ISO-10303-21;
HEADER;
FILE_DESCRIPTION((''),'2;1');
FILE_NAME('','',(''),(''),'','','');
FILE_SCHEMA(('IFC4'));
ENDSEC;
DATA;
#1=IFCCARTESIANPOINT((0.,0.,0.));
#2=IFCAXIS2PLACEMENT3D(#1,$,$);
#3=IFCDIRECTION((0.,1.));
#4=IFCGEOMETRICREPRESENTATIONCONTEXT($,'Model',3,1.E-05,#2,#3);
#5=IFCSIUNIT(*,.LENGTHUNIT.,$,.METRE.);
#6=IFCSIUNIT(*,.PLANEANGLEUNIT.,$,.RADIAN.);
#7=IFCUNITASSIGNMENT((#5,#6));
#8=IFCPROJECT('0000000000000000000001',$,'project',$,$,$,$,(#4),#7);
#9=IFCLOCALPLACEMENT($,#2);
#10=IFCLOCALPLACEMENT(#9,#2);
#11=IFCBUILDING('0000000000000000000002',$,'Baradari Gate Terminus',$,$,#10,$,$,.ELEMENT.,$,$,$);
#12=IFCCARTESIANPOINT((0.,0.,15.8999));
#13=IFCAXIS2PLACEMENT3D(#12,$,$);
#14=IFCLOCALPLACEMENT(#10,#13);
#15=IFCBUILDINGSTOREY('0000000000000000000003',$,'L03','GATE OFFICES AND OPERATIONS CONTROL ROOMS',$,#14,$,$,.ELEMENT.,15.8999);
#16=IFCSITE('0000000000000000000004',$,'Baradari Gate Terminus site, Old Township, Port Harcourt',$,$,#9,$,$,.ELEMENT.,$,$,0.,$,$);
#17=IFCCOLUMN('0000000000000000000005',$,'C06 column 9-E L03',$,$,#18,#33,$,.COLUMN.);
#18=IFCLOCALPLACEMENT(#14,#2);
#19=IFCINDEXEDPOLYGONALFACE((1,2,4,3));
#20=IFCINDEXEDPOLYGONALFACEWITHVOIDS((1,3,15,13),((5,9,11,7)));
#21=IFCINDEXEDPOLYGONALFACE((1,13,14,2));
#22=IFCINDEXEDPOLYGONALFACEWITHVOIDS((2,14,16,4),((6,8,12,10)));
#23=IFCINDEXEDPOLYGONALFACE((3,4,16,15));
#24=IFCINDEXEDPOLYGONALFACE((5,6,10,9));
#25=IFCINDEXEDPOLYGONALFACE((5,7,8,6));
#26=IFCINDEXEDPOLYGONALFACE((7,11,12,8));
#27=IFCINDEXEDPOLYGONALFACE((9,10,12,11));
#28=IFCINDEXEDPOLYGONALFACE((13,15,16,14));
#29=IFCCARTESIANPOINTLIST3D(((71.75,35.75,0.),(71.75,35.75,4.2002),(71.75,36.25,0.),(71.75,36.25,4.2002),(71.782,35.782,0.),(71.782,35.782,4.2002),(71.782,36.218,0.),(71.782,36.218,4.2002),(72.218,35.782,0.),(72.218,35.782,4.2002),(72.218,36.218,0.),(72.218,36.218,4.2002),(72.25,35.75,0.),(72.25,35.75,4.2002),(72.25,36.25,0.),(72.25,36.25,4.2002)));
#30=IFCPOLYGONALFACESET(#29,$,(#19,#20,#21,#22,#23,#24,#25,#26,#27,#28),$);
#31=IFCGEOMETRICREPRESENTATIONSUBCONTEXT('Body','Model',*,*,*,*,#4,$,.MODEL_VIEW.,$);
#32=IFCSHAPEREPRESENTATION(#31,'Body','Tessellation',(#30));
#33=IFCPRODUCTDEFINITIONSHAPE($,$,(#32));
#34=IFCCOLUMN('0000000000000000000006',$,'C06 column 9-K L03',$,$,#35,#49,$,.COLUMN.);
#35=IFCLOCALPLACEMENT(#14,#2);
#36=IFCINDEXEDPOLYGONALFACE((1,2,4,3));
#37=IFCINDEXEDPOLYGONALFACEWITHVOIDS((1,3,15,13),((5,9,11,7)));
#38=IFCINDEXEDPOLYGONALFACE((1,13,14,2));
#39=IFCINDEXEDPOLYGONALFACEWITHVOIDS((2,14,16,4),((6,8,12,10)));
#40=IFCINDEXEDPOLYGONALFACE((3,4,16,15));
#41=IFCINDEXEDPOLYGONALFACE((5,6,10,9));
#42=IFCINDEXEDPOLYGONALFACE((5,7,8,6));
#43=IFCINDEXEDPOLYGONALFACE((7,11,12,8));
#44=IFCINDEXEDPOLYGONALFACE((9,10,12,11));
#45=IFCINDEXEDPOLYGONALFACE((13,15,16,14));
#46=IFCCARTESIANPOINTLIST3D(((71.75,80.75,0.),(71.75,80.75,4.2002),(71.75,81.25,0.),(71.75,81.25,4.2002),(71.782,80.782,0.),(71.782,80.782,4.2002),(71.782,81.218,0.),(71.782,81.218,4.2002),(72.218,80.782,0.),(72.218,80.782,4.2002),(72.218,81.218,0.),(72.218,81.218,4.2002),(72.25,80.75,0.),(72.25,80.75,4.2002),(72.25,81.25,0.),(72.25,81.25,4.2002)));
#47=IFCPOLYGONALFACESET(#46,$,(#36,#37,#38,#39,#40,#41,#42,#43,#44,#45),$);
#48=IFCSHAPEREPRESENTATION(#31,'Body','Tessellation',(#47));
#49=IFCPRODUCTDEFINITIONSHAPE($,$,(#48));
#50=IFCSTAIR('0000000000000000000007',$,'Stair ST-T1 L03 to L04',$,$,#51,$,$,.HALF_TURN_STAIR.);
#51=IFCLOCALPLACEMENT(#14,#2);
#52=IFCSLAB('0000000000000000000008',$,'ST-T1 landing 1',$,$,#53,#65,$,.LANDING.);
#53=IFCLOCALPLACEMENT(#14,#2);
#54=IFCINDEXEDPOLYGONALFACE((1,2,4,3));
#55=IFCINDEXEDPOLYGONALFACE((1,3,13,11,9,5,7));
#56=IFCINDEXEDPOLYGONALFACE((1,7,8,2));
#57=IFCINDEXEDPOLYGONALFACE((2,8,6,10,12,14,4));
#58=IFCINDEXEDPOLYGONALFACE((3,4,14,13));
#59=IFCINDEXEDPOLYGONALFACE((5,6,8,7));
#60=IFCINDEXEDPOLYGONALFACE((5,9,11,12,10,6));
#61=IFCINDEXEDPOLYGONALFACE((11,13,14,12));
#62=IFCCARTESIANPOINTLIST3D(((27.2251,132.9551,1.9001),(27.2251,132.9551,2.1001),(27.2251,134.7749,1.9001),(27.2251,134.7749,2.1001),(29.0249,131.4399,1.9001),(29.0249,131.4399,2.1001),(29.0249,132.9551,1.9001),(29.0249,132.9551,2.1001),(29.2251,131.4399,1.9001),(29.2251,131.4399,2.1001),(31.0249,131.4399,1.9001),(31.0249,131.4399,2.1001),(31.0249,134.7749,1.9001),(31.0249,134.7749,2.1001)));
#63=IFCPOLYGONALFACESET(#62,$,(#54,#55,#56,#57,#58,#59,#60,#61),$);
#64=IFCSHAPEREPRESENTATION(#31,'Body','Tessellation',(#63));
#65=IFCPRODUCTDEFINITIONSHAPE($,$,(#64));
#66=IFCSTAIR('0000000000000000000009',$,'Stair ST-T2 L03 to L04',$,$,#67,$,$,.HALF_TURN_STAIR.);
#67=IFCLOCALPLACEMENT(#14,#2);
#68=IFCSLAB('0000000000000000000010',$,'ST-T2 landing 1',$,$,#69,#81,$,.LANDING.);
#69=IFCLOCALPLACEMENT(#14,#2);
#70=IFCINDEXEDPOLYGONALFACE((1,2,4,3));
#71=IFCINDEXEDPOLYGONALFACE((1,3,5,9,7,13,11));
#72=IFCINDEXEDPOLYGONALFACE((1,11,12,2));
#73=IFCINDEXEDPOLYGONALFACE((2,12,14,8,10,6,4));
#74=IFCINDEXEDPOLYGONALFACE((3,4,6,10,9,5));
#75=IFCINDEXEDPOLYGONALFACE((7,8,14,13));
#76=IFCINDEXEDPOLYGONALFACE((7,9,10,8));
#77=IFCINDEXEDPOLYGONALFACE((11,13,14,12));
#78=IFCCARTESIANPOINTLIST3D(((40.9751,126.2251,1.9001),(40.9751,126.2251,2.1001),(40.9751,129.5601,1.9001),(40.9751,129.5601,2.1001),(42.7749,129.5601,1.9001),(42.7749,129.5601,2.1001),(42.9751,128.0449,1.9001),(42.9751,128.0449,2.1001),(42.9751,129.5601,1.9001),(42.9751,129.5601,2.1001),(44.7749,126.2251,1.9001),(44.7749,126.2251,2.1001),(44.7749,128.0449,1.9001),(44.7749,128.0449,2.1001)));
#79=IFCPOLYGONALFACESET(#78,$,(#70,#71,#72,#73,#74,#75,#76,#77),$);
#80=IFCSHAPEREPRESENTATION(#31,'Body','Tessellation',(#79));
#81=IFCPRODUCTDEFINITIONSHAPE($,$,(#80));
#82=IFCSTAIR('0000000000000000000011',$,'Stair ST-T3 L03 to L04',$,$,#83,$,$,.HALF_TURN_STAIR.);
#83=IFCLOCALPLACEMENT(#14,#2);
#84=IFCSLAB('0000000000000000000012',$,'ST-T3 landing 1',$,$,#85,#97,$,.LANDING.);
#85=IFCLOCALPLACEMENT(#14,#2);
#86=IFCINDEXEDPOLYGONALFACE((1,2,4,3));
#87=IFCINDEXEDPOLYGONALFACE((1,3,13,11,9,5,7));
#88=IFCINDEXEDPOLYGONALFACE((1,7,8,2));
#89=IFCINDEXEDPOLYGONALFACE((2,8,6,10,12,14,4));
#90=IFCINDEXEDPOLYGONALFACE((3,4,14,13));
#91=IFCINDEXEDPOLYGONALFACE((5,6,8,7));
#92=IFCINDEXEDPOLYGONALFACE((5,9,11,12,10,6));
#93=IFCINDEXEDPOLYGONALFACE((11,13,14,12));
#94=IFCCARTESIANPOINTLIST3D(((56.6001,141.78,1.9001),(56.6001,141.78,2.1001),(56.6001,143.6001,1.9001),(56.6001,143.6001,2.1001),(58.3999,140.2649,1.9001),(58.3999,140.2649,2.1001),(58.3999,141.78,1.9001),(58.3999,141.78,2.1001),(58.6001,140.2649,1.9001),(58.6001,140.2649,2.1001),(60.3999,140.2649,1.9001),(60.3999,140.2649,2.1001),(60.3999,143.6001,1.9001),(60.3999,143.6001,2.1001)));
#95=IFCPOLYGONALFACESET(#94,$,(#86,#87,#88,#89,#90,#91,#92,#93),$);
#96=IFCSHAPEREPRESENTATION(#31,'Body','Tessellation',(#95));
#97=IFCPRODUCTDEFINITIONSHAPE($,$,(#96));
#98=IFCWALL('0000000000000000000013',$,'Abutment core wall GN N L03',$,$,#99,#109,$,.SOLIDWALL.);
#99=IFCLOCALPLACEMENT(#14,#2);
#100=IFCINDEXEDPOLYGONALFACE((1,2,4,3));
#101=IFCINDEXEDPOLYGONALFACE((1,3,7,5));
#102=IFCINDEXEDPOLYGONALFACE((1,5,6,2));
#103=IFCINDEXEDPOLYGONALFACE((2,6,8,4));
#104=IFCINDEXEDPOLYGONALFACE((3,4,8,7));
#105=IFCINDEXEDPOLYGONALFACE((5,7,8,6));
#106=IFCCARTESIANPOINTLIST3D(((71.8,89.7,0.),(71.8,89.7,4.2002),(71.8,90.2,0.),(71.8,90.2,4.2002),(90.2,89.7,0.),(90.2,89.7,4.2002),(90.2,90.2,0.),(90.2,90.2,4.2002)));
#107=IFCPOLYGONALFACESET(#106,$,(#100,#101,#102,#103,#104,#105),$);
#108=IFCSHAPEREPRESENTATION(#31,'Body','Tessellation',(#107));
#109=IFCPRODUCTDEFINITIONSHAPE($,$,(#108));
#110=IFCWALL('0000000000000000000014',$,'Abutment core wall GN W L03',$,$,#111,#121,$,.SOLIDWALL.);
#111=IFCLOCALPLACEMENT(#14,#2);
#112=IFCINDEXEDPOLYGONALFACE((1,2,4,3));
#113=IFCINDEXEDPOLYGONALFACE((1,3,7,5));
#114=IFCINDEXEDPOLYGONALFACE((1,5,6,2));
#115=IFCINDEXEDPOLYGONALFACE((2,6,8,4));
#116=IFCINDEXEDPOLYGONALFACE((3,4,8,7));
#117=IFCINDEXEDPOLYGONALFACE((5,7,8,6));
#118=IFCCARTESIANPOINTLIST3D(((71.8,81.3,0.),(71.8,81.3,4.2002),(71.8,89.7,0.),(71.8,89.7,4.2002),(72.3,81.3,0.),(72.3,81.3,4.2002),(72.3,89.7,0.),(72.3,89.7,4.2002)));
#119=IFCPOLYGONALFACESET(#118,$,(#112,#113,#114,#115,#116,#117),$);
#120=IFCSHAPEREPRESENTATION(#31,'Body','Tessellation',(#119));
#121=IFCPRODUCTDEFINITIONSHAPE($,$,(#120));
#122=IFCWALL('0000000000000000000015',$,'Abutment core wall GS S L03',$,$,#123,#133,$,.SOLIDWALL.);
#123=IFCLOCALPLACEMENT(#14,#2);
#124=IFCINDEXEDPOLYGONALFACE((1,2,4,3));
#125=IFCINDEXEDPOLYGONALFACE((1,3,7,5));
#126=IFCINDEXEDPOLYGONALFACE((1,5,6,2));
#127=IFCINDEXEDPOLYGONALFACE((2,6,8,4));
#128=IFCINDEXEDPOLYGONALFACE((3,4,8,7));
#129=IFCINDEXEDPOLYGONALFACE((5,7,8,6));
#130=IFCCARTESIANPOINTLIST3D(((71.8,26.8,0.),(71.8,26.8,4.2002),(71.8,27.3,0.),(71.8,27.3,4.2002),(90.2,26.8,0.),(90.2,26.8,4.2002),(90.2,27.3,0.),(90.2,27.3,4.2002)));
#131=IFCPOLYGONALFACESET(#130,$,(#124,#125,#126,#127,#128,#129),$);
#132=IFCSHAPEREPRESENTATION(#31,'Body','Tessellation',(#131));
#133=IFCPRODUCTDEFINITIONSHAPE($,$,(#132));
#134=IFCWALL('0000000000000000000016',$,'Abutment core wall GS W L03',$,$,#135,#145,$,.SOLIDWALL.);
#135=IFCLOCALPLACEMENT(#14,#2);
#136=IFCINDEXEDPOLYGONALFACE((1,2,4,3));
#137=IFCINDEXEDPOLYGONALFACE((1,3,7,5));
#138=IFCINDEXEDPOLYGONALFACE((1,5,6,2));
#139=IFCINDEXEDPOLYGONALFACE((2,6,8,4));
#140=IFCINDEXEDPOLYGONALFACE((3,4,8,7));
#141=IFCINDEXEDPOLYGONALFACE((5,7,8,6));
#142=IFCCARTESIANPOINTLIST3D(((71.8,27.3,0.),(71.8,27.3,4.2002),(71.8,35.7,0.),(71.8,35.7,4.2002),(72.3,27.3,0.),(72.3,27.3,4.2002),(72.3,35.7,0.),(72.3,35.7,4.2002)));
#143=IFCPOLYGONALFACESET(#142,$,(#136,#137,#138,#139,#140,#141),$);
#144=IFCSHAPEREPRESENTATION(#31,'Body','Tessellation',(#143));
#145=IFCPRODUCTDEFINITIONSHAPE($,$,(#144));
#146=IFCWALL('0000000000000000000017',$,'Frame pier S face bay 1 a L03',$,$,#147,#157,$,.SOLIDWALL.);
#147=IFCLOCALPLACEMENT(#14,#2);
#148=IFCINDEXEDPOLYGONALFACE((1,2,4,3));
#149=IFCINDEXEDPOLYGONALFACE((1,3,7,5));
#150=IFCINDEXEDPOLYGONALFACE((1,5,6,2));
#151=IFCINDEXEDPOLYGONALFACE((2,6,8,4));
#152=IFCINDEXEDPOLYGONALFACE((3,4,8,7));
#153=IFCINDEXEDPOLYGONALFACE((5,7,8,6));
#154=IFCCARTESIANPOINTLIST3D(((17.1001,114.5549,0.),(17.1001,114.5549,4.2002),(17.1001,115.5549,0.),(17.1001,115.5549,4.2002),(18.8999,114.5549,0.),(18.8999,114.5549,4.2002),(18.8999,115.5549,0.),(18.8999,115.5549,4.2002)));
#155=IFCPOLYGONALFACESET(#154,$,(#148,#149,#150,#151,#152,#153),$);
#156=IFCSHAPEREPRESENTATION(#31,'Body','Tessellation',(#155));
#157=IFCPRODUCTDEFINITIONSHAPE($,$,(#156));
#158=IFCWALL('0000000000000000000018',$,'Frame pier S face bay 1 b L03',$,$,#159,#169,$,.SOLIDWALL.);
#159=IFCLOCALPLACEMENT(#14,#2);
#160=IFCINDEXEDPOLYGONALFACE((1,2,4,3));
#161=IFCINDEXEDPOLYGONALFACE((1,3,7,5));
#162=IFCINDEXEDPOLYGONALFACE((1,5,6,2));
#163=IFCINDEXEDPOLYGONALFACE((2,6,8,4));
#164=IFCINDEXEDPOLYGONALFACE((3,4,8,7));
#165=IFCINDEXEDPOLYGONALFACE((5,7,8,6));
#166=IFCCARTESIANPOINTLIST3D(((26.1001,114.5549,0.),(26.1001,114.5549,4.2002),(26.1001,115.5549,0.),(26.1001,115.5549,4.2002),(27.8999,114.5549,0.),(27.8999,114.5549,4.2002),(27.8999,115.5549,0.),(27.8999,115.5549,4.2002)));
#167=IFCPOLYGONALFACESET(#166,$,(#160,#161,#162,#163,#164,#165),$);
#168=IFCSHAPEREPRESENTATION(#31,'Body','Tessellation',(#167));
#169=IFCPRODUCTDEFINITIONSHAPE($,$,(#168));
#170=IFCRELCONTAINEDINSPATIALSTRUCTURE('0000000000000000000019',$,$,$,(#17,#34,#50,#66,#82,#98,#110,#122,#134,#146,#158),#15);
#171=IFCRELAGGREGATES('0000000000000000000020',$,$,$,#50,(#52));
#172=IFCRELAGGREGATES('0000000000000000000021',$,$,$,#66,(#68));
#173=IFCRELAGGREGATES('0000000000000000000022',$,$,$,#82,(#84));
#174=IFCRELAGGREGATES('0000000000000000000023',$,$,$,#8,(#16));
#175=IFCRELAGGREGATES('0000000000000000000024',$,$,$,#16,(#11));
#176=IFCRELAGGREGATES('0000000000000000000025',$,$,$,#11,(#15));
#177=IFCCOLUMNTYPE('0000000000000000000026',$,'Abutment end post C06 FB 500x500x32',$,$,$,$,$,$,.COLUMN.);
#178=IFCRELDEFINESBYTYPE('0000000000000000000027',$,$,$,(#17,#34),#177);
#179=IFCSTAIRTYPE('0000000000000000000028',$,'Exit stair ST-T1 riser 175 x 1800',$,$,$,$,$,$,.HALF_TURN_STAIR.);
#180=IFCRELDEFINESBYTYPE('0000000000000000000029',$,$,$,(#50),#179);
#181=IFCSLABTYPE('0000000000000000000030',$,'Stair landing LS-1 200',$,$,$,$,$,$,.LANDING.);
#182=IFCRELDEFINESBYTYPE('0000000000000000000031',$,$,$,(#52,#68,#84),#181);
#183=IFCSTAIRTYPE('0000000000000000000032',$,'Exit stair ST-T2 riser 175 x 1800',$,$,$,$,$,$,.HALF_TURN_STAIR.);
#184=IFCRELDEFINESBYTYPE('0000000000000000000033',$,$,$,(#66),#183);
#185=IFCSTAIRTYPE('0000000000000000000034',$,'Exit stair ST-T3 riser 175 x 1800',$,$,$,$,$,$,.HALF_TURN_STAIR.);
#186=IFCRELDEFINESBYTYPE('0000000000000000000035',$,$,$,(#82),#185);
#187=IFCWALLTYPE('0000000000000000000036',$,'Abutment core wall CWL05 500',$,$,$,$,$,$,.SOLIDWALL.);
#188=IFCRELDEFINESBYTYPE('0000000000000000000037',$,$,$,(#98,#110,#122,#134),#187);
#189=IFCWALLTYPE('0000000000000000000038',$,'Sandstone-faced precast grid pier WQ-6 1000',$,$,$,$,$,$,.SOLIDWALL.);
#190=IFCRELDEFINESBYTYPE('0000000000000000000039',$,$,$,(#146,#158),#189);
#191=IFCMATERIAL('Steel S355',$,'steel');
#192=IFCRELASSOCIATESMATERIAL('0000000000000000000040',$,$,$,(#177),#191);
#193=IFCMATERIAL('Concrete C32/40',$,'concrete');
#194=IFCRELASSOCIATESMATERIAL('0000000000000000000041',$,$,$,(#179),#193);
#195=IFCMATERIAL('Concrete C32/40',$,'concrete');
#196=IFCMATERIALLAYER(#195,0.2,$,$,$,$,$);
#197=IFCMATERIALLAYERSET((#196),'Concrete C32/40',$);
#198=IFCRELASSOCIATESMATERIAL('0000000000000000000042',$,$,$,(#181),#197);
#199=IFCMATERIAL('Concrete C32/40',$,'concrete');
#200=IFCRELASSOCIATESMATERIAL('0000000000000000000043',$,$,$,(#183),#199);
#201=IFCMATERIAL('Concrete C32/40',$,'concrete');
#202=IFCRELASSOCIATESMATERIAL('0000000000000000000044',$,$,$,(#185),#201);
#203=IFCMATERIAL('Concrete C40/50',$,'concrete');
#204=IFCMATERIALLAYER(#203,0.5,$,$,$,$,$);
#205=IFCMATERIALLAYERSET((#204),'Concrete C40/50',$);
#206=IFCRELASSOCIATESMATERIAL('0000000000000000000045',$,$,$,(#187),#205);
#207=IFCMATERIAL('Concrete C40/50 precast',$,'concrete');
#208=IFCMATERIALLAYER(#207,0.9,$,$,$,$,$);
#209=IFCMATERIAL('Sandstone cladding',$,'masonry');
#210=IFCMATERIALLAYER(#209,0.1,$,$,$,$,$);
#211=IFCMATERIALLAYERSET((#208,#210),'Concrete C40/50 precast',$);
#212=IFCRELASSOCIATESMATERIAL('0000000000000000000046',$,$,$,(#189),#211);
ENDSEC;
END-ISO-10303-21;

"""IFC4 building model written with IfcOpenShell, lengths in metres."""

from ifc_helpers import new_model, si_unit, direction, frame, frame_2d, origin, origin_2d, place, context, subcontext, project, spatial, polyline, rectangle, hollow_rectangle, outline, extrude, material, layer, layer_set, material_profile, profile_set, type_object, element, aggregate, save


model = new_model("IFC4")

# Units and contexts
model_context = context("Model", 3, precision=1e-05, world=origin(), true_north=direction((0.0, 1.0)))
body_context = subcontext(model_context, "Body", "Model", "MODEL_VIEW")
ifc_project = project(units=[si_unit("LENGTHUNIT", "METRE"), si_unit("PLANEANGLEUNIT", "RADIAN")], contexts=[model_context])

# Site, building, storey
site_placement = place(None, origin())
site = spatial("IfcSite", under=ifc_project, at=site_placement, Name="Baradari Gate Terminus site, Old Township, Port Harcourt", CompositionType="ELEMENT", RefElevation=0.0)
building_placement = place(site_placement, origin())
building = spatial("IfcBuilding", under=site, at=building_placement, Name="Baradari Gate Terminus", CompositionType="ELEMENT")
storey_placement = place(building_placement, frame((0.0, 0.0, 15.8999)))
storey = spatial("IfcBuildingStorey", under=building, at=storey_placement, Name="L03", Description="GATE OFFICES AND OPERATIONS CONTROL ROOMS", CompositionType="ELEMENT", Elevation=15.8999)

# Columns
ifc_material_1 = material(Name="Steel S355", Category="steel")
ifc_material_profile = material_profile(ifc_material_1, hollow_rectangle(XDim=0.5, YDim=0.5, WallThickness=0.032, at=origin_2d()), Name="FB 500x500x32")
ifc_profile_set = profile_set([ifc_material_profile], Name="Steel S355")
column_type = type_object("IfcColumnType", Name="Abutment end post C06 FB 500x500x32", PredefinedType="COLUMN", material=ifc_profile_set)
for number, where, z_axis, x_axis, name in (
    (1, (72.0, 36.0, 0.0), (0.0, 0.0, 1.0), (1.0, 0.0, 0.0), "C06 column 9-E L03"),
    (2, (72.0, 81.0, 0.0), (0.0, 0.0, 1.0), (1.0, 0.0, 0.0), "C06 column 9-K L03"),
):
    element("IfcColumn", number, at=place(storey_placement, frame(where, z_axis=z_axis, x_axis=x_axis)), inside=storey, type_object=column_type, Name=name, PredefinedType="COLUMN", context=body_context, shape_type="SweptSolid", body=[
        extrude(hollow_rectangle(XDim=0.5, YDim=0.5, WallThickness=0.032, at=origin_2d()), origin(), (0.0, 0.0, 1.0), 4.2002),
    ])

# Stairs, slabs
ifc_material_2 = material(Name="Concrete C32/40", Category="concrete")
stair_type_1 = type_object("IfcStairType", Name="Exit stair ST-T1 riser 175 x 1800", PredefinedType="HALF_TURN_STAIR", material=ifc_material_2)
stair_1_placement = place(storey_placement, origin())
stair_1 = element("IfcStair", 3, at=stair_1_placement, inside=storey, type_object=stair_type_1, Name="Stair ST-T1 L03 to L04", PredefinedType="HALF_TURN_STAIR")
ifc_material_3 = material(Name="Concrete C32/40", Category="concrete")
ifc_layer_1 = layer(ifc_material_3, 0.2)
ifc_layer_set_1 = layer_set([ifc_layer_1], Name="Concrete C32/40")
slab_type = type_object("IfcSlabType", Name="Stair landing LS-1 200", PredefinedType="LANDING", material=ifc_layer_set_1)
slab_1_placement = place(storey_placement, frame((0.0, 0.0, 1.9001)))
slab_1 = element("IfcSlab", 4, at=slab_1_placement, type_object=slab_type, Name="ST-T1 landing 1", PredefinedType="LANDING", context=body_context, shape_type="SweptSolid", body=[
    extrude(outline(polyline([(27.2251, 134.7749), (27.2251, 132.9551), (29.0249, 132.9551), (29.0249, 131.4399), (29.2251, 131.4399), (31.0249, 131.4399), (31.0249, 134.7749), (27.2251, 134.7749)])), origin(), (0.0, 0.0, 1.0), 0.2),
])
aggregate(stair_1, [slab_1])
ifc_material_4 = material(Name="Concrete C32/40", Category="concrete")
stair_type_2 = type_object("IfcStairType", Name="Exit stair ST-T2 riser 175 x 1800", PredefinedType="HALF_TURN_STAIR", material=ifc_material_4)
stair_2_placement = place(storey_placement, origin())
stair_2 = element("IfcStair", 5, at=stair_2_placement, inside=storey, type_object=stair_type_2, Name="Stair ST-T2 L03 to L04", PredefinedType="HALF_TURN_STAIR")
slab_2_placement = place(storey_placement, frame((0.0, 0.0, 1.9001)))
slab_2 = element("IfcSlab", 6, at=slab_2_placement, type_object=slab_type, Name="ST-T2 landing 1", PredefinedType="LANDING", context=body_context, shape_type="SweptSolid", body=[
    extrude(outline(polyline([(44.7749, 126.2251), (44.7749, 128.0449), (42.9751, 128.0449), (42.9751, 129.5601), (42.7749, 129.5601), (40.9751, 129.5601), (40.9751, 126.2251), (44.7749, 126.2251)])), origin(), (0.0, 0.0, 1.0), 0.2),
])
aggregate(stair_2, [slab_2])
ifc_material_5 = material(Name="Concrete C32/40", Category="concrete")
stair_type_3 = type_object("IfcStairType", Name="Exit stair ST-T3 riser 175 x 1800", PredefinedType="HALF_TURN_STAIR", material=ifc_material_5)
stair_3_placement = place(storey_placement, origin())
stair_3 = element("IfcStair", 7, at=stair_3_placement, inside=storey, type_object=stair_type_3, Name="Stair ST-T3 L03 to L04", PredefinedType="HALF_TURN_STAIR")
slab_3_placement = place(storey_placement, frame((0.0, 0.0, 1.9001)))
slab_3 = element("IfcSlab", 8, at=slab_3_placement, type_object=slab_type, Name="ST-T3 landing 1", PredefinedType="LANDING", context=body_context, shape_type="SweptSolid", body=[
    extrude(outline(polyline([(56.6001, 143.6001), (56.6001, 141.78), (58.3999, 141.78), (58.3999, 140.2649), (58.6001, 140.2649), (60.3999, 140.2649), (60.3999, 143.6001), (56.6001, 143.6001)])), origin(), (0.0, 0.0, 1.0), 0.2),
])
aggregate(stair_3, [slab_3])

# Shared definitions
ifc_material_6 = material(Name="Concrete C40/50", Category="concrete")
ifc_layer_2 = layer(ifc_material_6, 0.5)
ifc_layer_set_2 = layer_set([ifc_layer_2], Name="Concrete C40/50")
wall_type_1 = type_object("IfcWallType", Name="Abutment core wall CWL05 500", PredefinedType="SOLIDWALL", material=ifc_layer_set_2)

# Walls
wall_1_placement = place(storey_placement, frame((71.8, 89.95, 0.0), z_axis=(0.0, 0.0, 1.0), x_axis=(1.0, 0.0, 0.0)))
element("IfcWall", 9, at=wall_1_placement, inside=storey, type_object=wall_type_1, Name="Abutment core wall GN N L03", PredefinedType="SOLIDWALL", context=body_context, shape_type="SweptSolid", body=[
    extrude(rectangle(XDim=18.3999, YDim=0.5, at=frame_2d((9.2, 0.0))), origin(), (0.0, 0.0, 1.0), 4.2002),
])
wall_2_placement = place(storey_placement, frame((72.05, 81.3, 0.0), z_axis=(0.0, 0.0, 1.0), x_axis=(0.0, 1.0, 0.0)))
element("IfcWall", 10, at=wall_2_placement, inside=storey, type_object=wall_type_1, Name="Abutment core wall GN W L03", PredefinedType="SOLIDWALL", context=body_context, shape_type="SweptSolid", body=[
    extrude(rectangle(XDim=8.3999, YDim=0.5, at=frame_2d((4.2, 0.0))), origin(), (0.0, 0.0, 1.0), 4.2002),
])
wall_3_placement = place(storey_placement, frame((71.8, 27.05, 0.0), z_axis=(0.0, 0.0, 1.0), x_axis=(1.0, 0.0, 0.0)))
element("IfcWall", 11, at=wall_3_placement, inside=storey, type_object=wall_type_1, Name="Abutment core wall GS S L03", PredefinedType="SOLIDWALL", context=body_context, shape_type="SweptSolid", body=[
    extrude(rectangle(XDim=18.3999, YDim=0.5, at=frame_2d((9.2, 0.0))), origin(), (0.0, 0.0, 1.0), 4.2002),
])

# Walls
wall_4_placement = place(storey_placement, frame((72.05, 27.3, 0.0), z_axis=(0.0, 0.0, 1.0), x_axis=(0.0, 1.0, 0.0)))
element("IfcWall", 12, at=wall_4_placement, inside=storey, type_object=wall_type_1, Name="Abutment core wall GS W L03", PredefinedType="SOLIDWALL", context=body_context, shape_type="SweptSolid", body=[
    extrude(rectangle(XDim=8.3999, YDim=0.5, at=frame_2d((4.2, 0.0))), origin(), (0.0, 0.0, 1.0), 4.2002),
])
ifc_material_7 = material(Name="Concrete C40/50 precast", Category="concrete")
ifc_layer_3 = layer(ifc_material_7, 0.9)
ifc_material_8 = material(Name="Sandstone cladding", Category="masonry")
ifc_layer_4 = layer(ifc_material_8, 0.1)
ifc_layer_set_3 = layer_set([ifc_layer_3, ifc_layer_4], Name="Concrete C40/50 precast")
wall_type_2 = type_object("IfcWallType", Name="Sandstone-faced precast grid pier WQ-6 1000", PredefinedType="SOLIDWALL", material=ifc_layer_set_3)
for number, where, z_axis, x_axis, name in (
    (13, (17.1001, 115.0549, 0.0), (0.0, 0.0, 1.0), (1.0, 0.0, 0.0), "Frame pier S face bay 1 a L03"),
    (14, (26.1001, 115.0549, 0.0), (0.0, 0.0, 1.0), (1.0, 0.0, 0.0), "Frame pier S face bay 1 b L03"),
):
    element("IfcWall", number, at=place(storey_placement, frame(where, z_axis=z_axis, x_axis=x_axis)), inside=storey, type_object=wall_type_2, Name=name, PredefinedType="SOLIDWALL", context=body_context, shape_type="SweptSolid", body=[
        extrude(rectangle(XDim=1.7998, YDim=1.0, at=frame_2d((0.8999, 0.0))), origin(), (0.0, 0.0, 1.0), 4.2002),
    ])

save(model, "model.ifc")
